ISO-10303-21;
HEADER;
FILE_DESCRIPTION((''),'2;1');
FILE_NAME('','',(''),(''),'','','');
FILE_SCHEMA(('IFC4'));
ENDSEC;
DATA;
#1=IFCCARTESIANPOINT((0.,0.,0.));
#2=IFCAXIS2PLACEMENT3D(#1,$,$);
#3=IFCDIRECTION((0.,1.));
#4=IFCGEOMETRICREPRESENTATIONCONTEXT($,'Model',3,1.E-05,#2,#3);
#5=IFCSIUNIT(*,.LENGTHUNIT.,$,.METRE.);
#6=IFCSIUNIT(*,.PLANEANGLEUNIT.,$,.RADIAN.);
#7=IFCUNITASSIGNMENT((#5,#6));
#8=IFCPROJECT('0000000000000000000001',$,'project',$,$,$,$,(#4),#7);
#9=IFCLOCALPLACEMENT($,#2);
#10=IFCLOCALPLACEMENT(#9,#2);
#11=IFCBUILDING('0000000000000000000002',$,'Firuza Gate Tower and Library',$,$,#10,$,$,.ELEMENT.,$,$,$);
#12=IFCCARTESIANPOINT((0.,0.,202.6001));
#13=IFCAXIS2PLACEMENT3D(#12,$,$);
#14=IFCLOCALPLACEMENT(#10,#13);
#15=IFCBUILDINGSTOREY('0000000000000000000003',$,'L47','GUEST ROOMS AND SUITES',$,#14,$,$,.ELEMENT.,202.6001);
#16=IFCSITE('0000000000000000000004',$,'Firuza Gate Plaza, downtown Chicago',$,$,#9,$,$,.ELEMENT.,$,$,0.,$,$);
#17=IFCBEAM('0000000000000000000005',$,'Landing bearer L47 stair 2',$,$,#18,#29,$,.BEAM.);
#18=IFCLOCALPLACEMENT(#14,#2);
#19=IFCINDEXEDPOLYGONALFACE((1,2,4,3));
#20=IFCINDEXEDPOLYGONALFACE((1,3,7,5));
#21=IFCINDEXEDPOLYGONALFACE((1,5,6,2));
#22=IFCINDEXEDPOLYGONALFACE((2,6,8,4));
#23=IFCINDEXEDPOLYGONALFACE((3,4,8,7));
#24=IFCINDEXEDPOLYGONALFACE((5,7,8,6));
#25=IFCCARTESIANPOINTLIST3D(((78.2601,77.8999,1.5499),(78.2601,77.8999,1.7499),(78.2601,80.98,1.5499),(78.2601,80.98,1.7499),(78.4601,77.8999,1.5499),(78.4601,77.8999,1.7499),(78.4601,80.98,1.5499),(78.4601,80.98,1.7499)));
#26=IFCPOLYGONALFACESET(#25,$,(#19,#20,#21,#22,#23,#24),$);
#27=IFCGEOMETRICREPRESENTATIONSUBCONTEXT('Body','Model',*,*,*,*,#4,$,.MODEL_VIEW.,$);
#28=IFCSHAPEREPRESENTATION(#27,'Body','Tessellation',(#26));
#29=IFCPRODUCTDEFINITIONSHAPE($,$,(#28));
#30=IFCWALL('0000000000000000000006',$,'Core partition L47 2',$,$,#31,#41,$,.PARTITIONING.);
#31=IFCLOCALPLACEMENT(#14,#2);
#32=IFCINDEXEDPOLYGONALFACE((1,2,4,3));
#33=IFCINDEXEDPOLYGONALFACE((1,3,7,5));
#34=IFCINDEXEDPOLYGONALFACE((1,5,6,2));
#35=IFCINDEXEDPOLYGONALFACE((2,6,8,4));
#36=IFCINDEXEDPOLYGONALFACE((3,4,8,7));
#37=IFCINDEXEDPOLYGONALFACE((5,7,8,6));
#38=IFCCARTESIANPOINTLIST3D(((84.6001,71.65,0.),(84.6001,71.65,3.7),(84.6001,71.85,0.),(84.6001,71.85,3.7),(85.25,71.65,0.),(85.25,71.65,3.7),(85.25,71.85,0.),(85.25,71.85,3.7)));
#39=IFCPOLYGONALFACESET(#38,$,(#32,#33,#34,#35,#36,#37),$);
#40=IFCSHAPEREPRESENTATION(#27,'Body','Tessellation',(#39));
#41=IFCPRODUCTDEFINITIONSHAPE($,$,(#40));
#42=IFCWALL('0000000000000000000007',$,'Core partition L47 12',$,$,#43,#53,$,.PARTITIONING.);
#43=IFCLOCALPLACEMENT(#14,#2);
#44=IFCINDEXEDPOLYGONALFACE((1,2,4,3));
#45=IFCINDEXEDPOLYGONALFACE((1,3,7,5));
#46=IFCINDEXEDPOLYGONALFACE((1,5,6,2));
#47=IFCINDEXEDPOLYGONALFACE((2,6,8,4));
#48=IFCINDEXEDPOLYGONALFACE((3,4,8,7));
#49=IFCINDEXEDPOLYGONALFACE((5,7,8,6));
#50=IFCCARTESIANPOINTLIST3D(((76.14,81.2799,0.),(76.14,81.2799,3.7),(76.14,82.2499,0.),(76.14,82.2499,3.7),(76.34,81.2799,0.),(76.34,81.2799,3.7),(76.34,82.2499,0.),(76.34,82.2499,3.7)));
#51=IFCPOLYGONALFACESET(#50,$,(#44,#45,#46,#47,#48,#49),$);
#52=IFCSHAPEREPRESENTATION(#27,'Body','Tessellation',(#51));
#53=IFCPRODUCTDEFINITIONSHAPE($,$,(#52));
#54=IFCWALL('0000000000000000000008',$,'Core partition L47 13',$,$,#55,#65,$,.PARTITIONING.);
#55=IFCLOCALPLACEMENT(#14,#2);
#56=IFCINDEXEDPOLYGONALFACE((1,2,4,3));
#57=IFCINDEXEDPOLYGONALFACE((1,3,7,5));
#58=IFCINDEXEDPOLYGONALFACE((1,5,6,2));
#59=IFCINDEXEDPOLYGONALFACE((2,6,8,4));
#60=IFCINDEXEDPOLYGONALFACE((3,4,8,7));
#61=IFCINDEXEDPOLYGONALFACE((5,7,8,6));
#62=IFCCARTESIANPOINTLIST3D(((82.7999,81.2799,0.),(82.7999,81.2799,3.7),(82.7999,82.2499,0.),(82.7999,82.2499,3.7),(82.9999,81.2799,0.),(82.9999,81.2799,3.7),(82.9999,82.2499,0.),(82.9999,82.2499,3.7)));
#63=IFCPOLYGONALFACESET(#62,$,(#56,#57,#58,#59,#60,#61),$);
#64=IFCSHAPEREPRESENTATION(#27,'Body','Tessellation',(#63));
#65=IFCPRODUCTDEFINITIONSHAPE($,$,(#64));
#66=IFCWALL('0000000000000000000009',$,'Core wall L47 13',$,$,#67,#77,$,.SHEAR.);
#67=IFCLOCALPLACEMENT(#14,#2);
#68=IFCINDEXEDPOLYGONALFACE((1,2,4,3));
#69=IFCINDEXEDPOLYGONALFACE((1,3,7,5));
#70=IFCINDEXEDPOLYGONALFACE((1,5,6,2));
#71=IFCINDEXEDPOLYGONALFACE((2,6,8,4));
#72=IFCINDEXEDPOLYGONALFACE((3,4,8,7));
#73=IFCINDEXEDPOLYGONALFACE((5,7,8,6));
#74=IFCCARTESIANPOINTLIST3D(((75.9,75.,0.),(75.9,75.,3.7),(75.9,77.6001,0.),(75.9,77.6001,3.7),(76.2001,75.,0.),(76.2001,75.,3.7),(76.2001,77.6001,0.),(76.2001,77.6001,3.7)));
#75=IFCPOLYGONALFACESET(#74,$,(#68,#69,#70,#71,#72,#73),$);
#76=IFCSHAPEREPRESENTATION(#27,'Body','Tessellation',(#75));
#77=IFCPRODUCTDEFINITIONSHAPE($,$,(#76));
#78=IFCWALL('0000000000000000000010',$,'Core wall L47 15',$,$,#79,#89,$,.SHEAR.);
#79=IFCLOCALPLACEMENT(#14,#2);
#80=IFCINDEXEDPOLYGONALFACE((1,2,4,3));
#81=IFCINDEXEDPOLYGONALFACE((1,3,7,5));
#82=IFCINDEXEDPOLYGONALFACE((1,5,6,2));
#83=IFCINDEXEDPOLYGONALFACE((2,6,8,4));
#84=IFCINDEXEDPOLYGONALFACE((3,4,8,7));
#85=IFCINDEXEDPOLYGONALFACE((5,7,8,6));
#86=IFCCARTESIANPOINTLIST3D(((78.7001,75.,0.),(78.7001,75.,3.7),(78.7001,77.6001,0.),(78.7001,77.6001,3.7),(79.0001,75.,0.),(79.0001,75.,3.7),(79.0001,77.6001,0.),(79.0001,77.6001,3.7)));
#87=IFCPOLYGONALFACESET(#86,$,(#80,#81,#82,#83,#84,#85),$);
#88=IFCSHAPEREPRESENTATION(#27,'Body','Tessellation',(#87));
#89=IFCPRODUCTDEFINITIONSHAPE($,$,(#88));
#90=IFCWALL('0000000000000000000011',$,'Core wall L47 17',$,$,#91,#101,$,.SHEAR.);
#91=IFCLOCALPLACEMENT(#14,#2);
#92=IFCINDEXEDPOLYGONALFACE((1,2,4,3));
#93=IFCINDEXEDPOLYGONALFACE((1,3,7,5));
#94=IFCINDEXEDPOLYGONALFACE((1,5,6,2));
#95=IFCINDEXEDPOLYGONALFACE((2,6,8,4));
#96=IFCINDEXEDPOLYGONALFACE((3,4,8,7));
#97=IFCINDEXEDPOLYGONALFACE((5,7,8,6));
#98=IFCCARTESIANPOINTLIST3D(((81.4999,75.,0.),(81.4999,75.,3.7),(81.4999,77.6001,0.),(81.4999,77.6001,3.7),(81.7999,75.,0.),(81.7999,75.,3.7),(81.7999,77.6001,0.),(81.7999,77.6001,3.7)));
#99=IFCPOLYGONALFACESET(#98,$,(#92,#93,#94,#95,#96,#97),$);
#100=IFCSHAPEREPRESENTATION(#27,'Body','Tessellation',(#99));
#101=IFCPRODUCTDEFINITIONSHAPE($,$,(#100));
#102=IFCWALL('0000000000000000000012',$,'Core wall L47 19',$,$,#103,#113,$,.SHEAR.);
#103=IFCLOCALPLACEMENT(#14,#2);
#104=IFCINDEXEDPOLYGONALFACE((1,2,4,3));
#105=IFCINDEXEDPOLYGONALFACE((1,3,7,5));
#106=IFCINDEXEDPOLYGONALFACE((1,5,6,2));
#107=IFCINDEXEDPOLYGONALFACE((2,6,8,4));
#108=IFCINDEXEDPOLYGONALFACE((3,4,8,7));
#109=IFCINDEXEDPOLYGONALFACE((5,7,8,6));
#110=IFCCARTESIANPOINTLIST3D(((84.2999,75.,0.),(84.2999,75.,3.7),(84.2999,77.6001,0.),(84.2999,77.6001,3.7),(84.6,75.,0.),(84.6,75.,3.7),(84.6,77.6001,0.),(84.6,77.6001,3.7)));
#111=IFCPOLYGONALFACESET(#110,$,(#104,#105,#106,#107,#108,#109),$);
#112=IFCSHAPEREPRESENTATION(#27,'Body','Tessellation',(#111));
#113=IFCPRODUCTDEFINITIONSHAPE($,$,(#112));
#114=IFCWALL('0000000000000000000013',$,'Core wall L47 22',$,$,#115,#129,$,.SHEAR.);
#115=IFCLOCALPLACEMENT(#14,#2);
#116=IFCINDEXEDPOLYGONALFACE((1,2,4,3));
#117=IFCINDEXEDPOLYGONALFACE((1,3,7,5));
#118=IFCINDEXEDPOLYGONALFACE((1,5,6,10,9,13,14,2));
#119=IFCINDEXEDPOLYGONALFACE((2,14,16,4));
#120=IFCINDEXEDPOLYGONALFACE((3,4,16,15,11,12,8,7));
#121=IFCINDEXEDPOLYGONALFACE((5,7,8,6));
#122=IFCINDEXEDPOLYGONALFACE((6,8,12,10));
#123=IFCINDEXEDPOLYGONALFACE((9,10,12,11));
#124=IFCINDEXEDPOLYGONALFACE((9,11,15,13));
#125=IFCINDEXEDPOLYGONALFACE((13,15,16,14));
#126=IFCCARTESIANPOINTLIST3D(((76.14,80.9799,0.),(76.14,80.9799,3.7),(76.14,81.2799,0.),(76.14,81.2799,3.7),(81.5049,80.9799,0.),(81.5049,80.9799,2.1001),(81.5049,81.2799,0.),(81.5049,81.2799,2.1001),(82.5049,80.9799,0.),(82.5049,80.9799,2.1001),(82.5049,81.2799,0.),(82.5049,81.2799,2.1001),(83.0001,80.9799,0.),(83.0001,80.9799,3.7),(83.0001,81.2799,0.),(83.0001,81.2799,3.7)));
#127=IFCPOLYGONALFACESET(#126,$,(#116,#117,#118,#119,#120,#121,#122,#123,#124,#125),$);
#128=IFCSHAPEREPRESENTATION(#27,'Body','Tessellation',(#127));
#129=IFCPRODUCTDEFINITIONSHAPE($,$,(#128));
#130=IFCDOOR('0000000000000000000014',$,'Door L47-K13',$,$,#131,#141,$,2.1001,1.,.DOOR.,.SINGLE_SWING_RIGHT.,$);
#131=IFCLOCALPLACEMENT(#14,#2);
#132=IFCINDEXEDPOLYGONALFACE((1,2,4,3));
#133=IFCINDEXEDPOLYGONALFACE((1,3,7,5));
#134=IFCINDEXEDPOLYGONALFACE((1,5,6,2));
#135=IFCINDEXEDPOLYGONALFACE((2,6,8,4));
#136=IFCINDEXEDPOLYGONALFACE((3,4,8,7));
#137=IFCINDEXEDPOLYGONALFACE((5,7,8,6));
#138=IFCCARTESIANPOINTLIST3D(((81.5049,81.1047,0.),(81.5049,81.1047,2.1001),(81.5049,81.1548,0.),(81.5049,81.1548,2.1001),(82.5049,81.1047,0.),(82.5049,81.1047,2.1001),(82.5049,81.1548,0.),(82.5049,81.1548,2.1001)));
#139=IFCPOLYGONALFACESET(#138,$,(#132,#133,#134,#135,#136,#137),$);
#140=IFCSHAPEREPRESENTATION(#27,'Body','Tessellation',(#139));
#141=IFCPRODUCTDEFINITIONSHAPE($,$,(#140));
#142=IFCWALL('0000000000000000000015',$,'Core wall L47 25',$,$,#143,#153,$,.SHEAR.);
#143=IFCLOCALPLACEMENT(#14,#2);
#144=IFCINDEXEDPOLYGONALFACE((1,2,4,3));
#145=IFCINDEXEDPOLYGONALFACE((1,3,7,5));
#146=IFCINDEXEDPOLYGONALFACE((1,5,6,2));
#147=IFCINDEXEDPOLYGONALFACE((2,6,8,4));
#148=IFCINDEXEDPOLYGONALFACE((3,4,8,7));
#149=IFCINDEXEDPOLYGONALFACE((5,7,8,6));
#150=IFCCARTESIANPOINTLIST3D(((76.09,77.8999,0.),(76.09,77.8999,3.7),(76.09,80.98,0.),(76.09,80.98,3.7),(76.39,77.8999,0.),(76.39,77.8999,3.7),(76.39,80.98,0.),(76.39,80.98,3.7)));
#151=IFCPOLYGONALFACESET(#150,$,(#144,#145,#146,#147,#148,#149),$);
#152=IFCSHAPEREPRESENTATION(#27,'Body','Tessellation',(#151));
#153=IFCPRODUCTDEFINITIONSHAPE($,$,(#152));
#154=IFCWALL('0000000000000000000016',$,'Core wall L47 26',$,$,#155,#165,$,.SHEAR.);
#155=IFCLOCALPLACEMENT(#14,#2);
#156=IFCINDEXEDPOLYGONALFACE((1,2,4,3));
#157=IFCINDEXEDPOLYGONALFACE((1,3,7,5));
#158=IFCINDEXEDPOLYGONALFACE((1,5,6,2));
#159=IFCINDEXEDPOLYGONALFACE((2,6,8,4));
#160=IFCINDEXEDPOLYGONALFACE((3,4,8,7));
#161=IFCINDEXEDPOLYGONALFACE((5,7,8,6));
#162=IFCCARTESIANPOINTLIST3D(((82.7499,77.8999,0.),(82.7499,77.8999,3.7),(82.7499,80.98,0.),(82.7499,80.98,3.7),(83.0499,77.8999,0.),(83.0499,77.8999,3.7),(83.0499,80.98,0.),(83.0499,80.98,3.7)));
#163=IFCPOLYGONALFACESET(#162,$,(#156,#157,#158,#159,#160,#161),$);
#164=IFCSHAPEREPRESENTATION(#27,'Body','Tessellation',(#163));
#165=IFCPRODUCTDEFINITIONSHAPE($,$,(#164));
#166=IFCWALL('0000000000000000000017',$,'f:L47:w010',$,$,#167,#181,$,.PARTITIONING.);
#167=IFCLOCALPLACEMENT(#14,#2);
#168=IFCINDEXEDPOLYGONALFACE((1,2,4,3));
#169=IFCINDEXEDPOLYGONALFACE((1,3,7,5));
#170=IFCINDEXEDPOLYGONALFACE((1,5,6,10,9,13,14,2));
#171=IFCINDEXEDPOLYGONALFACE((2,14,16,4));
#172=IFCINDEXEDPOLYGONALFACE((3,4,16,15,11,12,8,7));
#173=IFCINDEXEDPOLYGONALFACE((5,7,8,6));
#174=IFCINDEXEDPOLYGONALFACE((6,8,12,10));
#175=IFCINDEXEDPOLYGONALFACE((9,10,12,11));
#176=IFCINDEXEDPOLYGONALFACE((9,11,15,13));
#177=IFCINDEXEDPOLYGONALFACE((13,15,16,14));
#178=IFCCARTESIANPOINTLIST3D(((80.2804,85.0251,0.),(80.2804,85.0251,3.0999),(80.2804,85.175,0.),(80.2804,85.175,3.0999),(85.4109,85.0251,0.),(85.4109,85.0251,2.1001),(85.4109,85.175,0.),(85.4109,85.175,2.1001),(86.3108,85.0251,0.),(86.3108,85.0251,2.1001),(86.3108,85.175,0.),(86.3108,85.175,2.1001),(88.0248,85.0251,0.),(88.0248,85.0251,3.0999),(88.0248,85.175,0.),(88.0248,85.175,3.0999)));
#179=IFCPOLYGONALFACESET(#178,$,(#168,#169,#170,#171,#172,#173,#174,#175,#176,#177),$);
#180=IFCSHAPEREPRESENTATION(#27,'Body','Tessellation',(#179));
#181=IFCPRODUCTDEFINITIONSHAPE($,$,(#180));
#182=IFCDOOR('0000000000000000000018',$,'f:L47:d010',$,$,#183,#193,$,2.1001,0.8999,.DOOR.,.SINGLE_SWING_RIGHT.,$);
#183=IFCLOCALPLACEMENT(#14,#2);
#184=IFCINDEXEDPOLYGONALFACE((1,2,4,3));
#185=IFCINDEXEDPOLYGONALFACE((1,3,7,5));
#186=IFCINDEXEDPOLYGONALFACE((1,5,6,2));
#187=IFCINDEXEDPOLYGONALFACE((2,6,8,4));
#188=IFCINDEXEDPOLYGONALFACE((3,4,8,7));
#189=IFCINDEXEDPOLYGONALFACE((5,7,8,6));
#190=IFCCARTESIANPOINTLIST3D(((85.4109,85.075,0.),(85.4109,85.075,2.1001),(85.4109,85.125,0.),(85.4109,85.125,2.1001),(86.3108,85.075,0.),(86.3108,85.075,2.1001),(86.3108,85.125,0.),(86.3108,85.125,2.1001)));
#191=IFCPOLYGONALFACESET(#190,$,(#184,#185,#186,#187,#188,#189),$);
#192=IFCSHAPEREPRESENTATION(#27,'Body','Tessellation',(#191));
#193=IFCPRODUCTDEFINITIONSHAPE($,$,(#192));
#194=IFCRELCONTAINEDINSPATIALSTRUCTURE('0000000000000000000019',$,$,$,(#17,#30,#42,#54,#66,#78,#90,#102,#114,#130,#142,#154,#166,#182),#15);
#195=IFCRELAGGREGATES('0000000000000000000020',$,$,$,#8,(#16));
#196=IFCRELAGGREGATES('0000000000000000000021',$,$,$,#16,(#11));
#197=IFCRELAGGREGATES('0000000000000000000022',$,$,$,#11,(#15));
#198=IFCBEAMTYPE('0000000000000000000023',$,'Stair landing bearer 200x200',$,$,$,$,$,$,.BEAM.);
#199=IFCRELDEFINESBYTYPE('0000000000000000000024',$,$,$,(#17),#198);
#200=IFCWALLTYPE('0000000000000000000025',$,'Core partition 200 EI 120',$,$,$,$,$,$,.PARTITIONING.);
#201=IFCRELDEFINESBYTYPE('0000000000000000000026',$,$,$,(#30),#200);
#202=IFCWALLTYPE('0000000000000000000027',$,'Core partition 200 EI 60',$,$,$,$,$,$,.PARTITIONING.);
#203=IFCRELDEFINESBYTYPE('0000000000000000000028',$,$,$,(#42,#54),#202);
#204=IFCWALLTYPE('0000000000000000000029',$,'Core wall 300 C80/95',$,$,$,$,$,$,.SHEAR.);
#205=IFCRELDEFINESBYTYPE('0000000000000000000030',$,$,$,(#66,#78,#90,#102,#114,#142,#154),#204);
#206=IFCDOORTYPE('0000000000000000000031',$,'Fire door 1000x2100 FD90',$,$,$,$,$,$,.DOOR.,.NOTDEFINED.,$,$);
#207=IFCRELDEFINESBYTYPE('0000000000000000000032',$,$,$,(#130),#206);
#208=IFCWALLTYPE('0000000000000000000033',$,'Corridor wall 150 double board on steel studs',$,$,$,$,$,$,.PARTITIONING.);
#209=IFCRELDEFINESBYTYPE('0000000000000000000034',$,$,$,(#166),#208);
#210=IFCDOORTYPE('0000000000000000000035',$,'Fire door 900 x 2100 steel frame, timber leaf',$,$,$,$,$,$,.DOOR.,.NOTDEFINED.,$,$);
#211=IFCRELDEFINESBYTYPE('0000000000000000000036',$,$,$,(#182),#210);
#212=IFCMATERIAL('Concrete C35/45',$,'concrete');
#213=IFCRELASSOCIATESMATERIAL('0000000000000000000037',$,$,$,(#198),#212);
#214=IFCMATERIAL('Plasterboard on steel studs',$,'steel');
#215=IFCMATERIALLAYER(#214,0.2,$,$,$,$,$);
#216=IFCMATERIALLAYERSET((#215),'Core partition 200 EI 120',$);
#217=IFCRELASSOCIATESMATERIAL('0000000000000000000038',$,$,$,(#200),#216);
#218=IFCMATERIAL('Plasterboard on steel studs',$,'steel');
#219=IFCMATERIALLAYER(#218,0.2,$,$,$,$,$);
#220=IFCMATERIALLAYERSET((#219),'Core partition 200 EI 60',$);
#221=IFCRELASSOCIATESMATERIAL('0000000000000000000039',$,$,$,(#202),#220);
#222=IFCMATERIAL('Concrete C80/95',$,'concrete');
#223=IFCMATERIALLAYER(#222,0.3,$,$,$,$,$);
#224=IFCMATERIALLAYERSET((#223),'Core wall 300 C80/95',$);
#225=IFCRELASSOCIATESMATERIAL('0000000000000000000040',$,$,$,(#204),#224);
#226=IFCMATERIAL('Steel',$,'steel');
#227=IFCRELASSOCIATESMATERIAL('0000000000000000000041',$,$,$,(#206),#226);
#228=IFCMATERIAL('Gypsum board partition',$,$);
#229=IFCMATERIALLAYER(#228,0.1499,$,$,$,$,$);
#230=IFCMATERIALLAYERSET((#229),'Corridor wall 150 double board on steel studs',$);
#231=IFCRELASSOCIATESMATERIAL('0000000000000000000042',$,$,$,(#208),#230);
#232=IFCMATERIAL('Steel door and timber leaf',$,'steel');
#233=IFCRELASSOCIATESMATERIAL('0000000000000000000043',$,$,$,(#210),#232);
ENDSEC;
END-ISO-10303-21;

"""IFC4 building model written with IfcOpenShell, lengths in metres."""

from ifc_helpers import new_model, si_unit, direction, frame, frame_2d, origin, origin_2d, place, context, subcontext, project, spatial, rectangle, extrude, material, layer, layer_set, material_profile, profile_set, type_object, element, fill, save


model = new_model("IFC4")

# Units and contexts
model_context = context("Model", 3, precision=1e-05, world=origin(), true_north=direction((0.0, 1.0)))
body_context = subcontext(model_context, "Body", "Model", "MODEL_VIEW")
ifc_project = project(units=[si_unit("LENGTHUNIT", "METRE"), si_unit("PLANEANGLEUNIT", "RADIAN")], contexts=[model_context])

# Site, building, storey
site_placement = place(None, origin())
site = spatial("IfcSite", under=ifc_project, at=site_placement, Name="Firuza Gate Plaza, downtown Chicago", CompositionType="ELEMENT", RefElevation=0.0)
building_placement = place(site_placement, origin())
building = spatial("IfcBuilding", under=site, at=building_placement, Name="Firuza Gate Tower and Library", CompositionType="ELEMENT")
storey_placement = place(building_placement, frame((0.0, 0.0, 202.6001)))
storey = spatial("IfcBuildingStorey", under=building, at=storey_placement, Name="L47", Description="GUEST ROOMS AND SUITES", CompositionType="ELEMENT", Elevation=202.6001)

# Beam
ifc_material_1 = material(Name="Concrete C35/45", Category="concrete")
ifc_material_profile = material_profile(ifc_material_1, rectangle(XDim=0.2, YDim=0.2, at=origin_2d()))
ifc_profile_set = profile_set([ifc_material_profile], Name="Concrete C35/45")
beam_type = type_object("IfcBeamType", Name="Stair landing bearer 200x200", PredefinedType="BEAM", material=ifc_profile_set)
beam_placement = place(storey_placement, frame((78.3601, 80.98, 1.6499), z_axis=(0.0, -1.0, 0.0), x_axis=(1.0, 0.0, 0.0)))
element("IfcBeam", 1, at=beam_placement, inside=storey, type_object=beam_type, Name="Landing bearer L47 stair 2", PredefinedType="BEAM", context=body_context, shape_type="SweptSolid", body=[
    extrude(rectangle(XDim=0.2, YDim=0.2, at=origin_2d()), origin(), (0.0, 0.0, 1.0), 3.0801),
])

# Walls
ifc_material_2 = material(Name="Plasterboard on steel studs", Category="steel")
ifc_layer_1 = layer(ifc_material_2, 0.2)
ifc_layer_set_1 = layer_set([ifc_layer_1], Name="Core partition 200 EI 120")
wall_type_1 = type_object("IfcWallType", Name="Core partition 200 EI 120", PredefinedType="PARTITIONING", material=ifc_layer_set_1)
wall_1_placement = place(storey_placement, frame((84.6001, 71.75, 0.0), z_axis=(0.0, 0.0, 1.0), x_axis=(1.0, 0.0, 0.0)))
element("IfcWall", 2, at=wall_1_placement, inside=storey, type_object=wall_type_1, Name="Core partition L47 2", PredefinedType="PARTITIONING", context=body_context, shape_type="SweptSolid", body=[
    extrude(rectangle(XDim=0.6499, YDim=0.2, at=frame_2d((0.325, 0.0))), origin(), (0.0, 0.0, 1.0), 3.7),
])
ifc_material_3 = material(Name="Plasterboard on steel studs", Category="steel")
ifc_layer_2 = layer(ifc_material_3, 0.2)
ifc_layer_set_2 = layer_set([ifc_layer_2], Name="Core partition 200 EI 60")
wall_type_2 = type_object("IfcWallType", Name="Core partition 200 EI 60", PredefinedType="PARTITIONING", material=ifc_layer_set_2)
for number, where, z_axis, x_axis, name in (
    (3, (76.24, 81.28, 0.0), (0.0, 0.0, 1.0), (0.0, 1.0, 0.0), "Core partition L47 12"),
    (4, (82.8999, 81.28, 0.0), (0.0, 0.0, 1.0), (0.0, 1.0, 0.0), "Core partition L47 13"),
):
    element("IfcWall", number, at=place(storey_placement, frame(where, z_axis=z_axis, x_axis=x_axis)), inside=storey, type_object=wall_type_2, Name=name, PredefinedType="PARTITIONING", context=body_context, shape_type="SweptSolid", body=[
        extrude(rectangle(XDim=0.97, YDim=0.2, at=frame_2d((0.4849, 0.0))), origin(), (0.0, 0.0, 1.0), 3.7),
    ])
ifc_material_4 = material(Name="Concrete C80/95", Category="concrete")
ifc_layer_3 = layer(ifc_material_4, 0.3)
ifc_layer_set_3 = layer_set([ifc_layer_3], Name="Core wall 300 C80/95")
wall_type_3 = type_object("IfcWallType", Name="Core wall 300 C80/95", PredefinedType="SHEAR", material=ifc_layer_set_3)
for number, where, z_axis, x_axis, name in (
    (5, (76.05, 75.0, 0.0), (0.0, 0.0, 1.0), (0.0, 1.0, 0.0), "Core wall L47 13"),
    (6, (78.8501, 75.0, 0.0), (0.0, 0.0, 1.0), (0.0, 1.0, 0.0), "Core wall L47 15"),
    (7, (81.6499, 75.0, 0.0), (0.0, 0.0, 1.0), (0.0, 1.0, 0.0), "Core wall L47 17"),
    (8, (84.45, 75.0, 0.0), (0.0, 0.0, 1.0), (0.0, 1.0, 0.0), "Core wall L47 19"),
):
    element("IfcWall", number, at=place(storey_placement, frame(where, z_axis=z_axis, x_axis=x_axis)), inside=storey, type_object=wall_type_3, Name=name, PredefinedType="SHEAR", context=body_context, shape_type="SweptSolid", body=[
        extrude(rectangle(XDim=2.6001, YDim=0.3, at=frame_2d((1.3, 0.0))), origin(), (0.0, 0.0, 1.0), 3.7),
    ])

# Wall, opening, door
wall_2_placement = place(storey_placement, frame((76.1399, 81.1299, 0.0), z_axis=(0.0, 0.0, 1.0), x_axis=(1.0, 0.0, 0.0)))
wall_2 = element("IfcWall", 9, at=wall_2_placement, inside=storey, type_object=wall_type_3, Name="Core wall L47 22", PredefinedType="SHEAR", context=body_context, shape_type="SweptSolid", body=[
    extrude(rectangle(XDim=6.8601, YDim=0.3, at=frame_2d((3.4302, 0.0))), origin(), (0.0, 0.0, 1.0), 3.7),
])
opening_1_placement = place(wall_2_placement, frame((5.365, 0.0, 0.0)))
opening_1 = element("IfcOpeningElement", 10, at=opening_1_placement, cuts=wall_2, PredefinedType="OPENING", context=body_context, shape_type="SweptSolid", body=[
    extrude(rectangle(XDim=1.0, YDim=2.1001, at=frame_2d((0.5, 1.05))), frame((0.0, 0.1602, 0.0), z_axis=(0.0, -1.0, 0.0), x_axis=(1.0, 0.0, 0.0)), (0.0, 0.0, 1.0), 0.3201),
])
ifc_material_5 = material(Name="Steel", Category="steel")
door_type_1 = type_object("IfcDoorType", Name="Fire door 1000x2100 FD90", OperationType="NOTDEFINED", PredefinedType="DOOR", material=ifc_material_5)
door_1_placement = place(opening_1_placement, origin())
door_1 = element("IfcDoor", 11, at=door_1_placement, inside=storey, type_object=door_type_1, Name="Door L47-K13", OperationType="SINGLE_SWING_RIGHT", OverallHeight=2.1001, OverallWidth=1.0, PredefinedType="DOOR", context=body_context, shape_type="SweptSolid", body=[
    extrude(rectangle(XDim=1.0, YDim=2.1001, at=frame_2d((0.5, 1.05))), frame((0.0, 0.0249, 0.0), z_axis=(0.0, -1.0, 0.0), x_axis=(1.0, 0.0, 0.0)), (0.0, 0.0, 1.0), 0.05),
])
fill(opening_1, door_1)

# Walls
for number, where, z_axis, x_axis, name in (
    (12, (76.24, 77.8999, 0.0), (0.0, 0.0, 1.0), (0.0, 1.0, 0.0), "Core wall L47 25"),
    (13, (82.8999, 77.8999, 0.0), (0.0, 0.0, 1.0), (0.0, 1.0, 0.0), "Core wall L47 26"),
):
    element("IfcWall", number, at=place(storey_placement, frame(where, z_axis=z_axis, x_axis=x_axis)), inside=storey, type_object=wall_type_3, Name=name, PredefinedType="SHEAR", context=body_context, shape_type="SweptSolid", body=[
        extrude(rectangle(XDim=3.0801, YDim=0.3, at=frame_2d((1.54, 0.0))), origin(), (0.0, 0.0, 1.0), 3.7),
    ])

# Wall, opening, door
ifc_material_6 = material(Name="Gypsum board partition")
ifc_layer_4 = layer(ifc_material_6, 0.1499)
ifc_layer_set_4 = layer_set([ifc_layer_4], Name="Corridor wall 150 double board on steel studs")
wall_type_4 = type_object("IfcWallType", Name="Corridor wall 150 double board on steel studs", PredefinedType="PARTITIONING", material=ifc_layer_set_4)
wall_3_placement = place(storey_placement, frame((80.2805, 85.1001, 0.0), z_axis=(0.0, 0.0, 1.0), x_axis=(1.0, 0.0, 0.0)))
wall_3 = element("IfcWall", 14, at=wall_3_placement, inside=storey, type_object=wall_type_4, Name="f:L47:w010", PredefinedType="PARTITIONING", context=body_context, shape_type="SweptSolid", body=[
    extrude(rectangle(XDim=7.7444, YDim=0.1499, at=frame_2d((3.8721, 0.0))), origin(), (0.0, 0.0, 1.0), 3.0999),
])
opening_2_placement = place(wall_3_placement, frame((5.1304, 0.0, 0.0)))
opening_2 = element("IfcOpeningElement", 15, at=opening_2_placement, cuts=wall_3, PredefinedType="OPENING", context=body_context, shape_type="SweptSolid", body=[
    extrude(rectangle(XDim=0.8999, YDim=2.1001, at=frame_2d((0.45, 1.05))), frame((0.0, 0.085, 0.0), z_axis=(0.0, -1.0, 0.0), x_axis=(1.0, 0.0, 0.0)), (0.0, 0.0, 1.0), 0.1699),
])
ifc_material_7 = material(Name="Steel door and timber leaf", Category="steel")
door_type_2 = type_object("IfcDoorType", Name="Fire door 900 x 2100 steel frame, timber leaf", OperationType="NOTDEFINED", PredefinedType="DOOR", material=ifc_material_7)
door_2_placement = place(opening_2_placement, origin())
door_2 = element("IfcDoor", 16, at=door_2_placement, inside=storey, type_object=door_type_2, Name="f:L47:d010", OperationType="SINGLE_SWING_RIGHT", OverallHeight=2.1001, OverallWidth=0.8999, PredefinedType="DOOR", context=body_context, shape_type="SweptSolid", body=[
    extrude(rectangle(XDim=0.8999, YDim=2.1001, at=frame_2d((0.45, 1.05))), frame((0.0, 0.0249, 0.0), z_axis=(0.0, -1.0, 0.0), x_axis=(1.0, 0.0, 0.0)), (0.0, 0.0, 1.0), 0.05),
])
fill(opening_2, door_2)

save(model, "model.ifc")
